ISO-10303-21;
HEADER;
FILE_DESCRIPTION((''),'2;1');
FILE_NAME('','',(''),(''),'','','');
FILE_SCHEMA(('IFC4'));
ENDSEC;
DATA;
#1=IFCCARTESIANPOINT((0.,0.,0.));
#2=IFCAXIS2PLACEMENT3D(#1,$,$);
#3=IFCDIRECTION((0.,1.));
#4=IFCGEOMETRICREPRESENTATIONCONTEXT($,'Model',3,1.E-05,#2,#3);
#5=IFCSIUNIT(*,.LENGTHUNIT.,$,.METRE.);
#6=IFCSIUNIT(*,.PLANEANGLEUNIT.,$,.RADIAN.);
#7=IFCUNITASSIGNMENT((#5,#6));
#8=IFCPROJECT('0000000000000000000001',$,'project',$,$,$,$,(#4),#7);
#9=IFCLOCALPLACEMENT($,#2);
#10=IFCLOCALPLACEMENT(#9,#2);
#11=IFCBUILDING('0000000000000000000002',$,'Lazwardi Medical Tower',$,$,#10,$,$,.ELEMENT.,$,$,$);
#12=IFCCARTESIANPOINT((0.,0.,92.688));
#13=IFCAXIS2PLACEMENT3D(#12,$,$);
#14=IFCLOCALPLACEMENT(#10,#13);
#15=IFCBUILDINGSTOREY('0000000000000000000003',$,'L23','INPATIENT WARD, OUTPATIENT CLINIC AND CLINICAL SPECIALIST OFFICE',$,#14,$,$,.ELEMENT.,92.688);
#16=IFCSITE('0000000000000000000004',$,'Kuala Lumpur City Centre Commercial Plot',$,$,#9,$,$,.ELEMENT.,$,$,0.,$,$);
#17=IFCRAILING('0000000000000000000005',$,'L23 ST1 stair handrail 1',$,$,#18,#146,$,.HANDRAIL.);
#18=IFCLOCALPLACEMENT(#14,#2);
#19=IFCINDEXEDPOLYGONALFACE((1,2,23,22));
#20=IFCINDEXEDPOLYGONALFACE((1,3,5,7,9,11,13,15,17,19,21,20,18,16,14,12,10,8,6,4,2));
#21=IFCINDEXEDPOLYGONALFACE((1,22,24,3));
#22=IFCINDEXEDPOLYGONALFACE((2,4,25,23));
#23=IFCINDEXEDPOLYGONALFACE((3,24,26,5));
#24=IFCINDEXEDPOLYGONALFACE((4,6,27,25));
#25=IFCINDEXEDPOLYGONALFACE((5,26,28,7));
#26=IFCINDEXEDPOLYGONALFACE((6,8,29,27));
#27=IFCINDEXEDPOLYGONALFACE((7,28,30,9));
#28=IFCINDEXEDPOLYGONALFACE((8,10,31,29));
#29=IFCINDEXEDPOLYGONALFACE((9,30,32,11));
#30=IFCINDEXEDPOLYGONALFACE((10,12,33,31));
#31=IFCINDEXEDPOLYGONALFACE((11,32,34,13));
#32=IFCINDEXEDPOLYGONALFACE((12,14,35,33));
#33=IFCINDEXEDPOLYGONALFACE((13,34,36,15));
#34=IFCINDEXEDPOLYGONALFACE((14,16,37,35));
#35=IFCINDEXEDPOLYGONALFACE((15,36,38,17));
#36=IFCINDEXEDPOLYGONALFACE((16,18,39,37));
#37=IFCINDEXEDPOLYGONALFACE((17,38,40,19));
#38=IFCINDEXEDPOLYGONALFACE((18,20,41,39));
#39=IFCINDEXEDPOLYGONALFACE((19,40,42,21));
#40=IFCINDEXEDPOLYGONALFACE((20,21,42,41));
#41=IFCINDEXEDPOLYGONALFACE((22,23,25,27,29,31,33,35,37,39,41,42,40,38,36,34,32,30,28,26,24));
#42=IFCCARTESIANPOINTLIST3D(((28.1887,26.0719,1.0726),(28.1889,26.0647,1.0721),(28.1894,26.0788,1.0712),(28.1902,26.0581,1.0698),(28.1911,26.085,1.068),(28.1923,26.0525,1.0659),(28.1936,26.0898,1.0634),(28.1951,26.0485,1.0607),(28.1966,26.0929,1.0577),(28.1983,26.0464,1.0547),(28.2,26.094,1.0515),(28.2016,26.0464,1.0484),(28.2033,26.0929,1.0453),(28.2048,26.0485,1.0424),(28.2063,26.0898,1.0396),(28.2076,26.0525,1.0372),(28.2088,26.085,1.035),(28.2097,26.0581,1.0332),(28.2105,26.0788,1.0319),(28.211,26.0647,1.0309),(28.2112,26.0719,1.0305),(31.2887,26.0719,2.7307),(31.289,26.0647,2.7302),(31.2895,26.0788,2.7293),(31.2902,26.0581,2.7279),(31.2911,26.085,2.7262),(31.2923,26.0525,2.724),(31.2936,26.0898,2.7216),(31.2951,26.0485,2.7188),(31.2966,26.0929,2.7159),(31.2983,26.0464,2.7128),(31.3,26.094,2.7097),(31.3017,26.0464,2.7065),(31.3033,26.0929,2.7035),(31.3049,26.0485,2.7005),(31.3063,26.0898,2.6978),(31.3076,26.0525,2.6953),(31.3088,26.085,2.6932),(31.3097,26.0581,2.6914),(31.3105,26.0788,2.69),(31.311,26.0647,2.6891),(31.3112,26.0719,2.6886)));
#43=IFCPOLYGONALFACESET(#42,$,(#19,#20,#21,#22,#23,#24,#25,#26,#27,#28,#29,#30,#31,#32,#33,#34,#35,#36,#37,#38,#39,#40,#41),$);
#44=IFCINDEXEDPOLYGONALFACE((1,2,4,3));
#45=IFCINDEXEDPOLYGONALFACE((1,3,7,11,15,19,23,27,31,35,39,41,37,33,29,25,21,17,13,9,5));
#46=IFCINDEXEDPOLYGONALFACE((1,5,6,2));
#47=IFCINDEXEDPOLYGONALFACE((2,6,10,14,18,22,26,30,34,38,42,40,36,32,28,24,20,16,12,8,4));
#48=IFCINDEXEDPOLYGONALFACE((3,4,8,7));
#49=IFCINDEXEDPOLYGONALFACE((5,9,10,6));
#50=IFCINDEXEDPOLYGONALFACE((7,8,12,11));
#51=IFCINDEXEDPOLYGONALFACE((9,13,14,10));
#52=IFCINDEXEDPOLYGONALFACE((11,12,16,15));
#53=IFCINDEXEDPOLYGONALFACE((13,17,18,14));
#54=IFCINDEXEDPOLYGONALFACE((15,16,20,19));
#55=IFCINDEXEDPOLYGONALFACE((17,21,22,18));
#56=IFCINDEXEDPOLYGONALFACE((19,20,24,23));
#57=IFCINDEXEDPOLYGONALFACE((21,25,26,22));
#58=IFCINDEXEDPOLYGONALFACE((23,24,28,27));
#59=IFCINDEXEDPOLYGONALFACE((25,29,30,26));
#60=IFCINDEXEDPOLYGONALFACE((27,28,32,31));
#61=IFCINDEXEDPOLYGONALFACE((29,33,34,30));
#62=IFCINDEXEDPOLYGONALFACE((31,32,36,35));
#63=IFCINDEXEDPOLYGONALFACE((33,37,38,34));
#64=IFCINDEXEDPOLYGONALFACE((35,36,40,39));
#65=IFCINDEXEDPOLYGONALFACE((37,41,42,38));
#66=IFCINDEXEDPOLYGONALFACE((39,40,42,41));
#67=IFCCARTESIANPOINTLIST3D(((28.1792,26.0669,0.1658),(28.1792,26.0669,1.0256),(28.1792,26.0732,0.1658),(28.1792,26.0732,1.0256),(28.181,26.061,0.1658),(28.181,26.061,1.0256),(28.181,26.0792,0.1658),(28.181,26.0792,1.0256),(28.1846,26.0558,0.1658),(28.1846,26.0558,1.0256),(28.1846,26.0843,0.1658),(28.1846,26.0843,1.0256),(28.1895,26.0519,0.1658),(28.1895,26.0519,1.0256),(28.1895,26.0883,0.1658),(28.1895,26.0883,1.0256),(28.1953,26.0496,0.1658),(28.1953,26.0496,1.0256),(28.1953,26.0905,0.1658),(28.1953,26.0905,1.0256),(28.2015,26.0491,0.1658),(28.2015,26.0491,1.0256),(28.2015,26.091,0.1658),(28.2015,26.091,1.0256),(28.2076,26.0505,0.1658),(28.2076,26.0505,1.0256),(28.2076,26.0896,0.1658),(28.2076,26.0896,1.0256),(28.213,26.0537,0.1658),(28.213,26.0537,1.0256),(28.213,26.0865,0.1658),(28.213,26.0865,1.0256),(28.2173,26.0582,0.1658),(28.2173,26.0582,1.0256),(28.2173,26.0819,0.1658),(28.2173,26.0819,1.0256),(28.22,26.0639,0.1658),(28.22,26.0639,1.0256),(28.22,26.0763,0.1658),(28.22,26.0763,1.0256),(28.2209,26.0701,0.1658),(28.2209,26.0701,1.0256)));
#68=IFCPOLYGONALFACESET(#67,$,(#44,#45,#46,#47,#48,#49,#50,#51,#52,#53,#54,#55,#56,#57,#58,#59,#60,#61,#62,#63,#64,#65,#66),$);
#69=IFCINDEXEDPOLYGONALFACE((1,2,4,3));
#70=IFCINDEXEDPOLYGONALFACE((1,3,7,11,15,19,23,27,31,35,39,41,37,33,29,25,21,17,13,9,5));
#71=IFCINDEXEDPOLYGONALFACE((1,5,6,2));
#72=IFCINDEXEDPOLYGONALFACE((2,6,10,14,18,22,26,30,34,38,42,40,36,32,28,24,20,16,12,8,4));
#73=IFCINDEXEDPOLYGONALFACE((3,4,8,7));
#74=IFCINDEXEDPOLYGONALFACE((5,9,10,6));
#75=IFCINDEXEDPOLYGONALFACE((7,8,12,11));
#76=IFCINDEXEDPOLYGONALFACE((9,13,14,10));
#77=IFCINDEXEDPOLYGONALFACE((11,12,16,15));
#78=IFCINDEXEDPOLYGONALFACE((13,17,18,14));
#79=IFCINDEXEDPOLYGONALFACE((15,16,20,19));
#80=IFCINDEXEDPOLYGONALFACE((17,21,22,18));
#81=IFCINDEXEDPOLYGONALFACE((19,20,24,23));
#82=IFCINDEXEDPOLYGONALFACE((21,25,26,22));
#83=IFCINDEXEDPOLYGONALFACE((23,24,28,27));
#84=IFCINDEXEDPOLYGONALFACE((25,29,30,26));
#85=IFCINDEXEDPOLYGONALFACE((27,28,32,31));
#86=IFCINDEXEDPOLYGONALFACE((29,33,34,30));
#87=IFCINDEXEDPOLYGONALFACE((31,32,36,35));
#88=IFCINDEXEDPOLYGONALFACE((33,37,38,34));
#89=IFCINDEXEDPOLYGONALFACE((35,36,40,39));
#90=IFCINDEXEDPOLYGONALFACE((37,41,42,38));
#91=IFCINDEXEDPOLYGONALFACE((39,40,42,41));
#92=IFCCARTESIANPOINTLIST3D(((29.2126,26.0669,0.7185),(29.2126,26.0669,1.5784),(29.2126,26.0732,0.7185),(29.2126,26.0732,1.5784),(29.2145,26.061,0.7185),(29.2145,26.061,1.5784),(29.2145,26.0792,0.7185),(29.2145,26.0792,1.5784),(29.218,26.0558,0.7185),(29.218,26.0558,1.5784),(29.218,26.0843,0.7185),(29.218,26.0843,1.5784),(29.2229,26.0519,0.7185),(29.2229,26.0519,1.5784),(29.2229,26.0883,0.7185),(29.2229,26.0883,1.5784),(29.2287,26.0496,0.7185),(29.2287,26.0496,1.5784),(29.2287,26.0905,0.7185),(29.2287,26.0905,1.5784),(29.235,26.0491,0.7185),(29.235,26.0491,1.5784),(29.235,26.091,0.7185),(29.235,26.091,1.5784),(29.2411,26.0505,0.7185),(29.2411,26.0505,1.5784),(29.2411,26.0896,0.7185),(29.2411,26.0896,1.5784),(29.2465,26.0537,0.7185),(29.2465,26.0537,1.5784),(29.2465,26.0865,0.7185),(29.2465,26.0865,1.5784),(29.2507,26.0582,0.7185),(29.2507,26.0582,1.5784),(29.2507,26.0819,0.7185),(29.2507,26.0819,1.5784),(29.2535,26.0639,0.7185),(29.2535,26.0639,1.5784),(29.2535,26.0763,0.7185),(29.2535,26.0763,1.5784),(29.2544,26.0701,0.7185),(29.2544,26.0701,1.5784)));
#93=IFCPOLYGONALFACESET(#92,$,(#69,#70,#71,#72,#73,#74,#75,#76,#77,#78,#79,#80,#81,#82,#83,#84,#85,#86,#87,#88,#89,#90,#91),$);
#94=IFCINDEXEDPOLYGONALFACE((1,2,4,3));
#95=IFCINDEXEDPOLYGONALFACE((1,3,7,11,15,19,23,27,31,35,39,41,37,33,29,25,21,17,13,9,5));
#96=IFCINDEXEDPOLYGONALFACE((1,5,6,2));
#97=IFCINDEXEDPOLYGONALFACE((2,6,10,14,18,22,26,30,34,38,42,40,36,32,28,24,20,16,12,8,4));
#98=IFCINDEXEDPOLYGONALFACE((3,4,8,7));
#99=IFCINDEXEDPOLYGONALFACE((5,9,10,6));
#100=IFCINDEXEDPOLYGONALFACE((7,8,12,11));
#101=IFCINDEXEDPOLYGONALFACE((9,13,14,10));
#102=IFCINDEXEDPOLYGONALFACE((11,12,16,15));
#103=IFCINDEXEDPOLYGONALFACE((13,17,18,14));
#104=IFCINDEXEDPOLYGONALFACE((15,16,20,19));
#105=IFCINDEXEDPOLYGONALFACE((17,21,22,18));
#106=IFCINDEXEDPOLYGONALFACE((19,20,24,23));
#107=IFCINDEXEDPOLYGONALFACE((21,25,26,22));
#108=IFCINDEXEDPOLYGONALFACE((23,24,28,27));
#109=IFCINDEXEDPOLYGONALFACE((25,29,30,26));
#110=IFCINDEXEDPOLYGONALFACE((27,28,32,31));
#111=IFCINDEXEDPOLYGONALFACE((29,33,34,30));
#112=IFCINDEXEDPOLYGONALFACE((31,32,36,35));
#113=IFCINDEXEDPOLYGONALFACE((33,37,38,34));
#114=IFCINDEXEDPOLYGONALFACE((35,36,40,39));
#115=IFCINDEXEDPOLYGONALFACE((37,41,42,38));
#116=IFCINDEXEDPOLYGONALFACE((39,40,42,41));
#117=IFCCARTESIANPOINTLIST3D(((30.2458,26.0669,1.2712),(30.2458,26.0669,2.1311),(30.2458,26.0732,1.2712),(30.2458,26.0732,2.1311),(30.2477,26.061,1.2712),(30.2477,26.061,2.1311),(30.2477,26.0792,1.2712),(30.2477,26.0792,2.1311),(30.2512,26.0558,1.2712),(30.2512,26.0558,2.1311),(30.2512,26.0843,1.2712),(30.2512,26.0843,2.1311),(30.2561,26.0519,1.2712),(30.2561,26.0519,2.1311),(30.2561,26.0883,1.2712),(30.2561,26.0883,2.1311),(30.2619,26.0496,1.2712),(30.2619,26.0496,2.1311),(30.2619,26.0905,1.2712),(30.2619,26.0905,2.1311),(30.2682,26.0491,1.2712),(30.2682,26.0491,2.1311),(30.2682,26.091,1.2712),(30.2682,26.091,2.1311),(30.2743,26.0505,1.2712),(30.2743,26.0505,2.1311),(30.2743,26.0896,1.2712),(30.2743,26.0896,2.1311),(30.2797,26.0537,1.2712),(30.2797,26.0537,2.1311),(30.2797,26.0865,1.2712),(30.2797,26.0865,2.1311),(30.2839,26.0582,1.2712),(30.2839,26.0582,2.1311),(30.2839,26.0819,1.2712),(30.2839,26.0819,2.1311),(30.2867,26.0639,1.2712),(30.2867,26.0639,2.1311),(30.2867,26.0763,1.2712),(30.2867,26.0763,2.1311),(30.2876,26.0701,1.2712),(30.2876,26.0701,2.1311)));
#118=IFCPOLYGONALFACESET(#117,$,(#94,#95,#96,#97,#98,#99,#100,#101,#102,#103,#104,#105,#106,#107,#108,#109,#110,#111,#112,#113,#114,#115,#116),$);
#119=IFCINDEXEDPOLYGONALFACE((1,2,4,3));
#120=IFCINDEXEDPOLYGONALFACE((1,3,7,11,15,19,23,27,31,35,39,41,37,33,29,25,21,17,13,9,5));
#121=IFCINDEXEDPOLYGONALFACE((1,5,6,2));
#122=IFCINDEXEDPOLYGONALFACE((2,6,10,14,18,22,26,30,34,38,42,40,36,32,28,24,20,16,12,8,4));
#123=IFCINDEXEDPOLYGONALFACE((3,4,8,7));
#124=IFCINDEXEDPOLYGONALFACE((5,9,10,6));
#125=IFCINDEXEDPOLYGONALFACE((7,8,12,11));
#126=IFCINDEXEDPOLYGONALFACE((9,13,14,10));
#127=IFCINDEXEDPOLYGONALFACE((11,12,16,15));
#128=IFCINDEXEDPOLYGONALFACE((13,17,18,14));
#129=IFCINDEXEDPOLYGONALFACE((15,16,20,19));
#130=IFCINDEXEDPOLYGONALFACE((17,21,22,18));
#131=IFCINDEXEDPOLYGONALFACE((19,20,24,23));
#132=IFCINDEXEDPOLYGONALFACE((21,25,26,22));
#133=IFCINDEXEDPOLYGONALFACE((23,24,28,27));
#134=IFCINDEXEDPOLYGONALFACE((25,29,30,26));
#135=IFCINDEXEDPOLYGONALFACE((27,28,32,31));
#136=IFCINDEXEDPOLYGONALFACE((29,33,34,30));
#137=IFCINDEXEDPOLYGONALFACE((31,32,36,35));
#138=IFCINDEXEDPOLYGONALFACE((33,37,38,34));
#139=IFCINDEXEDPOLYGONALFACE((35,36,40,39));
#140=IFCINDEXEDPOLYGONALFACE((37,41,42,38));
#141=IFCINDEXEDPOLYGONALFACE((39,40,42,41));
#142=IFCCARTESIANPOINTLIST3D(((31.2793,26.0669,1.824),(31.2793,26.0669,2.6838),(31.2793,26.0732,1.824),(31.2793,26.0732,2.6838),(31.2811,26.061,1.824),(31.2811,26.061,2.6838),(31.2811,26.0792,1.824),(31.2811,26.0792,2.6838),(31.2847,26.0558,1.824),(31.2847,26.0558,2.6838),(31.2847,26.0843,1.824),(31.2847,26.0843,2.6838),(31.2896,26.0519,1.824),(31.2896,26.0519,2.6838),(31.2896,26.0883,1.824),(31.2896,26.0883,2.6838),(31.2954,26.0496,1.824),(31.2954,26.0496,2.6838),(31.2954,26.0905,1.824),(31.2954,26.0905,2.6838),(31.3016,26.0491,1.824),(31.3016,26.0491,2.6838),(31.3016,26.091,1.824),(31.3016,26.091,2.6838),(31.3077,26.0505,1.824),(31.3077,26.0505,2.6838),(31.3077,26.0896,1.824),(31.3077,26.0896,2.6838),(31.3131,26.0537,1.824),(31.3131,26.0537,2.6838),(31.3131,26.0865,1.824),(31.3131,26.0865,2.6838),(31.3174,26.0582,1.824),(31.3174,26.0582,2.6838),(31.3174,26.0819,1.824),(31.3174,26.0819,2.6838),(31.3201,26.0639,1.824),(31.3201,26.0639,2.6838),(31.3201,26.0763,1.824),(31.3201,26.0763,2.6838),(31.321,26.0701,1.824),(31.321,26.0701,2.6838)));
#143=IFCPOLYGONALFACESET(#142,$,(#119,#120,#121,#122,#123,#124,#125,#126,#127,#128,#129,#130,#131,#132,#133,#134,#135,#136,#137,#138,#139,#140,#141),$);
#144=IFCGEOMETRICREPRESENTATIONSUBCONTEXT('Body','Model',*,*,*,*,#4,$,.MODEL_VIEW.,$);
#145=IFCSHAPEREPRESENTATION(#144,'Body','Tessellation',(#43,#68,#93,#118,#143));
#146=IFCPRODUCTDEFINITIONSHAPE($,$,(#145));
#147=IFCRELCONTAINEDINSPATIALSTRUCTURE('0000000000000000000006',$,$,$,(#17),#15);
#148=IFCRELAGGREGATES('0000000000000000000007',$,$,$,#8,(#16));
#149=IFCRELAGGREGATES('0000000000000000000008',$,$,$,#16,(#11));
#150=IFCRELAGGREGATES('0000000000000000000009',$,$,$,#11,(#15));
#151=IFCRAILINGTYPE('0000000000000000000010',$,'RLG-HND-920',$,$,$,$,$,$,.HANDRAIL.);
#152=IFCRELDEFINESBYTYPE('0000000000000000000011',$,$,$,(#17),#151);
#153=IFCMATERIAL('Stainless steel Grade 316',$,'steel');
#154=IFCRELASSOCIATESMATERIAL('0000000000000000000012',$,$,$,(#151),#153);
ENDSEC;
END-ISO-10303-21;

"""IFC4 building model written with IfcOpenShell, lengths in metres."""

from ifc_helpers import new_model, si_unit, direction, frame, origin, origin_2d, place, context, subcontext, project, spatial, circle, extrude, material, type_object, element, save


model = new_model("IFC4")

# Units and contexts
model_context = context("Model", 3, precision=1e-05, world=origin(), true_north=direction((0.0, 1.0)))
body_context = subcontext(model_context, "Body", "Model", "MODEL_VIEW")
ifc_project = project(units=[si_unit("LENGTHUNIT", "METRE"), si_unit("PLANEANGLEUNIT", "RADIAN")], contexts=[model_context])

# Site, building, storey
site_placement = place(None, origin())
site = spatial("IfcSite", under=ifc_project, at=site_placement, Name="Kuala Lumpur City Centre Commercial Plot", CompositionType="ELEMENT", RefElevation=0.0)
building_placement = place(site_placement, origin())
building = spatial("IfcBuilding", under=site, at=building_placement, Name="Lazwardi Medical Tower", CompositionType="ELEMENT")
storey_placement = place(building_placement, frame((0.0, 0.0, 92.688)))
storey = spatial("IfcBuildingStorey", under=building, at=storey_placement, Name="L23", Description="INPATIENT WARD, OUTPATIENT CLINIC AND CLINICAL SPECIALIST OFFICE", CompositionType="ELEMENT", Elevation=92.688)

# Railing
ifc_material_1 = material(Name="Stainless steel Grade 316", Category="steel")
railing_type_1 = type_object("IfcRailingType", Name="RLG-HND-920", PredefinedType="HANDRAIL", material=ifc_material_1)
railing_1_placement = place(storey_placement, frame((28.2, 26.0701, 0.1658)))
element("IfcRailing", 1, at=railing_1_placement, inside=storey, type_object=railing_type_1, Name="L23 ST1 stair handrail 1", PredefinedType="HANDRAIL", context=body_context, shape_type="SweptSolid", body=[
    extrude(circle(Radius=0.0239, at=origin_2d()), frame((0.0, 0.0, 0.8857), z_axis=(0.881783, 0.0, 0.471655), x_axis=(0.0, 1.0, 0.0)), (0.0, 0.0, 1.0), 3.5156),
    extrude(circle(Radius=0.021, at=origin_2d()), origin(), (0.0, 0.0, 1.0), 0.8599),
    extrude(circle(Radius=0.021, at=origin_2d()), frame((1.0334, 0.0, 0.5527)), (0.0, 0.0, 1.0), 0.8599),
    extrude(circle(Radius=0.021, at=origin_2d()), frame((2.0667, 0.0, 1.1055)), (0.0, 0.0, 1.0), 0.8599),
    extrude(circle(Radius=0.021, at=origin_2d()), frame((3.1001, 0.0, 1.6582)), (0.0, 0.0, 1.0), 0.8599),
])

save(model, "model.ifc")
